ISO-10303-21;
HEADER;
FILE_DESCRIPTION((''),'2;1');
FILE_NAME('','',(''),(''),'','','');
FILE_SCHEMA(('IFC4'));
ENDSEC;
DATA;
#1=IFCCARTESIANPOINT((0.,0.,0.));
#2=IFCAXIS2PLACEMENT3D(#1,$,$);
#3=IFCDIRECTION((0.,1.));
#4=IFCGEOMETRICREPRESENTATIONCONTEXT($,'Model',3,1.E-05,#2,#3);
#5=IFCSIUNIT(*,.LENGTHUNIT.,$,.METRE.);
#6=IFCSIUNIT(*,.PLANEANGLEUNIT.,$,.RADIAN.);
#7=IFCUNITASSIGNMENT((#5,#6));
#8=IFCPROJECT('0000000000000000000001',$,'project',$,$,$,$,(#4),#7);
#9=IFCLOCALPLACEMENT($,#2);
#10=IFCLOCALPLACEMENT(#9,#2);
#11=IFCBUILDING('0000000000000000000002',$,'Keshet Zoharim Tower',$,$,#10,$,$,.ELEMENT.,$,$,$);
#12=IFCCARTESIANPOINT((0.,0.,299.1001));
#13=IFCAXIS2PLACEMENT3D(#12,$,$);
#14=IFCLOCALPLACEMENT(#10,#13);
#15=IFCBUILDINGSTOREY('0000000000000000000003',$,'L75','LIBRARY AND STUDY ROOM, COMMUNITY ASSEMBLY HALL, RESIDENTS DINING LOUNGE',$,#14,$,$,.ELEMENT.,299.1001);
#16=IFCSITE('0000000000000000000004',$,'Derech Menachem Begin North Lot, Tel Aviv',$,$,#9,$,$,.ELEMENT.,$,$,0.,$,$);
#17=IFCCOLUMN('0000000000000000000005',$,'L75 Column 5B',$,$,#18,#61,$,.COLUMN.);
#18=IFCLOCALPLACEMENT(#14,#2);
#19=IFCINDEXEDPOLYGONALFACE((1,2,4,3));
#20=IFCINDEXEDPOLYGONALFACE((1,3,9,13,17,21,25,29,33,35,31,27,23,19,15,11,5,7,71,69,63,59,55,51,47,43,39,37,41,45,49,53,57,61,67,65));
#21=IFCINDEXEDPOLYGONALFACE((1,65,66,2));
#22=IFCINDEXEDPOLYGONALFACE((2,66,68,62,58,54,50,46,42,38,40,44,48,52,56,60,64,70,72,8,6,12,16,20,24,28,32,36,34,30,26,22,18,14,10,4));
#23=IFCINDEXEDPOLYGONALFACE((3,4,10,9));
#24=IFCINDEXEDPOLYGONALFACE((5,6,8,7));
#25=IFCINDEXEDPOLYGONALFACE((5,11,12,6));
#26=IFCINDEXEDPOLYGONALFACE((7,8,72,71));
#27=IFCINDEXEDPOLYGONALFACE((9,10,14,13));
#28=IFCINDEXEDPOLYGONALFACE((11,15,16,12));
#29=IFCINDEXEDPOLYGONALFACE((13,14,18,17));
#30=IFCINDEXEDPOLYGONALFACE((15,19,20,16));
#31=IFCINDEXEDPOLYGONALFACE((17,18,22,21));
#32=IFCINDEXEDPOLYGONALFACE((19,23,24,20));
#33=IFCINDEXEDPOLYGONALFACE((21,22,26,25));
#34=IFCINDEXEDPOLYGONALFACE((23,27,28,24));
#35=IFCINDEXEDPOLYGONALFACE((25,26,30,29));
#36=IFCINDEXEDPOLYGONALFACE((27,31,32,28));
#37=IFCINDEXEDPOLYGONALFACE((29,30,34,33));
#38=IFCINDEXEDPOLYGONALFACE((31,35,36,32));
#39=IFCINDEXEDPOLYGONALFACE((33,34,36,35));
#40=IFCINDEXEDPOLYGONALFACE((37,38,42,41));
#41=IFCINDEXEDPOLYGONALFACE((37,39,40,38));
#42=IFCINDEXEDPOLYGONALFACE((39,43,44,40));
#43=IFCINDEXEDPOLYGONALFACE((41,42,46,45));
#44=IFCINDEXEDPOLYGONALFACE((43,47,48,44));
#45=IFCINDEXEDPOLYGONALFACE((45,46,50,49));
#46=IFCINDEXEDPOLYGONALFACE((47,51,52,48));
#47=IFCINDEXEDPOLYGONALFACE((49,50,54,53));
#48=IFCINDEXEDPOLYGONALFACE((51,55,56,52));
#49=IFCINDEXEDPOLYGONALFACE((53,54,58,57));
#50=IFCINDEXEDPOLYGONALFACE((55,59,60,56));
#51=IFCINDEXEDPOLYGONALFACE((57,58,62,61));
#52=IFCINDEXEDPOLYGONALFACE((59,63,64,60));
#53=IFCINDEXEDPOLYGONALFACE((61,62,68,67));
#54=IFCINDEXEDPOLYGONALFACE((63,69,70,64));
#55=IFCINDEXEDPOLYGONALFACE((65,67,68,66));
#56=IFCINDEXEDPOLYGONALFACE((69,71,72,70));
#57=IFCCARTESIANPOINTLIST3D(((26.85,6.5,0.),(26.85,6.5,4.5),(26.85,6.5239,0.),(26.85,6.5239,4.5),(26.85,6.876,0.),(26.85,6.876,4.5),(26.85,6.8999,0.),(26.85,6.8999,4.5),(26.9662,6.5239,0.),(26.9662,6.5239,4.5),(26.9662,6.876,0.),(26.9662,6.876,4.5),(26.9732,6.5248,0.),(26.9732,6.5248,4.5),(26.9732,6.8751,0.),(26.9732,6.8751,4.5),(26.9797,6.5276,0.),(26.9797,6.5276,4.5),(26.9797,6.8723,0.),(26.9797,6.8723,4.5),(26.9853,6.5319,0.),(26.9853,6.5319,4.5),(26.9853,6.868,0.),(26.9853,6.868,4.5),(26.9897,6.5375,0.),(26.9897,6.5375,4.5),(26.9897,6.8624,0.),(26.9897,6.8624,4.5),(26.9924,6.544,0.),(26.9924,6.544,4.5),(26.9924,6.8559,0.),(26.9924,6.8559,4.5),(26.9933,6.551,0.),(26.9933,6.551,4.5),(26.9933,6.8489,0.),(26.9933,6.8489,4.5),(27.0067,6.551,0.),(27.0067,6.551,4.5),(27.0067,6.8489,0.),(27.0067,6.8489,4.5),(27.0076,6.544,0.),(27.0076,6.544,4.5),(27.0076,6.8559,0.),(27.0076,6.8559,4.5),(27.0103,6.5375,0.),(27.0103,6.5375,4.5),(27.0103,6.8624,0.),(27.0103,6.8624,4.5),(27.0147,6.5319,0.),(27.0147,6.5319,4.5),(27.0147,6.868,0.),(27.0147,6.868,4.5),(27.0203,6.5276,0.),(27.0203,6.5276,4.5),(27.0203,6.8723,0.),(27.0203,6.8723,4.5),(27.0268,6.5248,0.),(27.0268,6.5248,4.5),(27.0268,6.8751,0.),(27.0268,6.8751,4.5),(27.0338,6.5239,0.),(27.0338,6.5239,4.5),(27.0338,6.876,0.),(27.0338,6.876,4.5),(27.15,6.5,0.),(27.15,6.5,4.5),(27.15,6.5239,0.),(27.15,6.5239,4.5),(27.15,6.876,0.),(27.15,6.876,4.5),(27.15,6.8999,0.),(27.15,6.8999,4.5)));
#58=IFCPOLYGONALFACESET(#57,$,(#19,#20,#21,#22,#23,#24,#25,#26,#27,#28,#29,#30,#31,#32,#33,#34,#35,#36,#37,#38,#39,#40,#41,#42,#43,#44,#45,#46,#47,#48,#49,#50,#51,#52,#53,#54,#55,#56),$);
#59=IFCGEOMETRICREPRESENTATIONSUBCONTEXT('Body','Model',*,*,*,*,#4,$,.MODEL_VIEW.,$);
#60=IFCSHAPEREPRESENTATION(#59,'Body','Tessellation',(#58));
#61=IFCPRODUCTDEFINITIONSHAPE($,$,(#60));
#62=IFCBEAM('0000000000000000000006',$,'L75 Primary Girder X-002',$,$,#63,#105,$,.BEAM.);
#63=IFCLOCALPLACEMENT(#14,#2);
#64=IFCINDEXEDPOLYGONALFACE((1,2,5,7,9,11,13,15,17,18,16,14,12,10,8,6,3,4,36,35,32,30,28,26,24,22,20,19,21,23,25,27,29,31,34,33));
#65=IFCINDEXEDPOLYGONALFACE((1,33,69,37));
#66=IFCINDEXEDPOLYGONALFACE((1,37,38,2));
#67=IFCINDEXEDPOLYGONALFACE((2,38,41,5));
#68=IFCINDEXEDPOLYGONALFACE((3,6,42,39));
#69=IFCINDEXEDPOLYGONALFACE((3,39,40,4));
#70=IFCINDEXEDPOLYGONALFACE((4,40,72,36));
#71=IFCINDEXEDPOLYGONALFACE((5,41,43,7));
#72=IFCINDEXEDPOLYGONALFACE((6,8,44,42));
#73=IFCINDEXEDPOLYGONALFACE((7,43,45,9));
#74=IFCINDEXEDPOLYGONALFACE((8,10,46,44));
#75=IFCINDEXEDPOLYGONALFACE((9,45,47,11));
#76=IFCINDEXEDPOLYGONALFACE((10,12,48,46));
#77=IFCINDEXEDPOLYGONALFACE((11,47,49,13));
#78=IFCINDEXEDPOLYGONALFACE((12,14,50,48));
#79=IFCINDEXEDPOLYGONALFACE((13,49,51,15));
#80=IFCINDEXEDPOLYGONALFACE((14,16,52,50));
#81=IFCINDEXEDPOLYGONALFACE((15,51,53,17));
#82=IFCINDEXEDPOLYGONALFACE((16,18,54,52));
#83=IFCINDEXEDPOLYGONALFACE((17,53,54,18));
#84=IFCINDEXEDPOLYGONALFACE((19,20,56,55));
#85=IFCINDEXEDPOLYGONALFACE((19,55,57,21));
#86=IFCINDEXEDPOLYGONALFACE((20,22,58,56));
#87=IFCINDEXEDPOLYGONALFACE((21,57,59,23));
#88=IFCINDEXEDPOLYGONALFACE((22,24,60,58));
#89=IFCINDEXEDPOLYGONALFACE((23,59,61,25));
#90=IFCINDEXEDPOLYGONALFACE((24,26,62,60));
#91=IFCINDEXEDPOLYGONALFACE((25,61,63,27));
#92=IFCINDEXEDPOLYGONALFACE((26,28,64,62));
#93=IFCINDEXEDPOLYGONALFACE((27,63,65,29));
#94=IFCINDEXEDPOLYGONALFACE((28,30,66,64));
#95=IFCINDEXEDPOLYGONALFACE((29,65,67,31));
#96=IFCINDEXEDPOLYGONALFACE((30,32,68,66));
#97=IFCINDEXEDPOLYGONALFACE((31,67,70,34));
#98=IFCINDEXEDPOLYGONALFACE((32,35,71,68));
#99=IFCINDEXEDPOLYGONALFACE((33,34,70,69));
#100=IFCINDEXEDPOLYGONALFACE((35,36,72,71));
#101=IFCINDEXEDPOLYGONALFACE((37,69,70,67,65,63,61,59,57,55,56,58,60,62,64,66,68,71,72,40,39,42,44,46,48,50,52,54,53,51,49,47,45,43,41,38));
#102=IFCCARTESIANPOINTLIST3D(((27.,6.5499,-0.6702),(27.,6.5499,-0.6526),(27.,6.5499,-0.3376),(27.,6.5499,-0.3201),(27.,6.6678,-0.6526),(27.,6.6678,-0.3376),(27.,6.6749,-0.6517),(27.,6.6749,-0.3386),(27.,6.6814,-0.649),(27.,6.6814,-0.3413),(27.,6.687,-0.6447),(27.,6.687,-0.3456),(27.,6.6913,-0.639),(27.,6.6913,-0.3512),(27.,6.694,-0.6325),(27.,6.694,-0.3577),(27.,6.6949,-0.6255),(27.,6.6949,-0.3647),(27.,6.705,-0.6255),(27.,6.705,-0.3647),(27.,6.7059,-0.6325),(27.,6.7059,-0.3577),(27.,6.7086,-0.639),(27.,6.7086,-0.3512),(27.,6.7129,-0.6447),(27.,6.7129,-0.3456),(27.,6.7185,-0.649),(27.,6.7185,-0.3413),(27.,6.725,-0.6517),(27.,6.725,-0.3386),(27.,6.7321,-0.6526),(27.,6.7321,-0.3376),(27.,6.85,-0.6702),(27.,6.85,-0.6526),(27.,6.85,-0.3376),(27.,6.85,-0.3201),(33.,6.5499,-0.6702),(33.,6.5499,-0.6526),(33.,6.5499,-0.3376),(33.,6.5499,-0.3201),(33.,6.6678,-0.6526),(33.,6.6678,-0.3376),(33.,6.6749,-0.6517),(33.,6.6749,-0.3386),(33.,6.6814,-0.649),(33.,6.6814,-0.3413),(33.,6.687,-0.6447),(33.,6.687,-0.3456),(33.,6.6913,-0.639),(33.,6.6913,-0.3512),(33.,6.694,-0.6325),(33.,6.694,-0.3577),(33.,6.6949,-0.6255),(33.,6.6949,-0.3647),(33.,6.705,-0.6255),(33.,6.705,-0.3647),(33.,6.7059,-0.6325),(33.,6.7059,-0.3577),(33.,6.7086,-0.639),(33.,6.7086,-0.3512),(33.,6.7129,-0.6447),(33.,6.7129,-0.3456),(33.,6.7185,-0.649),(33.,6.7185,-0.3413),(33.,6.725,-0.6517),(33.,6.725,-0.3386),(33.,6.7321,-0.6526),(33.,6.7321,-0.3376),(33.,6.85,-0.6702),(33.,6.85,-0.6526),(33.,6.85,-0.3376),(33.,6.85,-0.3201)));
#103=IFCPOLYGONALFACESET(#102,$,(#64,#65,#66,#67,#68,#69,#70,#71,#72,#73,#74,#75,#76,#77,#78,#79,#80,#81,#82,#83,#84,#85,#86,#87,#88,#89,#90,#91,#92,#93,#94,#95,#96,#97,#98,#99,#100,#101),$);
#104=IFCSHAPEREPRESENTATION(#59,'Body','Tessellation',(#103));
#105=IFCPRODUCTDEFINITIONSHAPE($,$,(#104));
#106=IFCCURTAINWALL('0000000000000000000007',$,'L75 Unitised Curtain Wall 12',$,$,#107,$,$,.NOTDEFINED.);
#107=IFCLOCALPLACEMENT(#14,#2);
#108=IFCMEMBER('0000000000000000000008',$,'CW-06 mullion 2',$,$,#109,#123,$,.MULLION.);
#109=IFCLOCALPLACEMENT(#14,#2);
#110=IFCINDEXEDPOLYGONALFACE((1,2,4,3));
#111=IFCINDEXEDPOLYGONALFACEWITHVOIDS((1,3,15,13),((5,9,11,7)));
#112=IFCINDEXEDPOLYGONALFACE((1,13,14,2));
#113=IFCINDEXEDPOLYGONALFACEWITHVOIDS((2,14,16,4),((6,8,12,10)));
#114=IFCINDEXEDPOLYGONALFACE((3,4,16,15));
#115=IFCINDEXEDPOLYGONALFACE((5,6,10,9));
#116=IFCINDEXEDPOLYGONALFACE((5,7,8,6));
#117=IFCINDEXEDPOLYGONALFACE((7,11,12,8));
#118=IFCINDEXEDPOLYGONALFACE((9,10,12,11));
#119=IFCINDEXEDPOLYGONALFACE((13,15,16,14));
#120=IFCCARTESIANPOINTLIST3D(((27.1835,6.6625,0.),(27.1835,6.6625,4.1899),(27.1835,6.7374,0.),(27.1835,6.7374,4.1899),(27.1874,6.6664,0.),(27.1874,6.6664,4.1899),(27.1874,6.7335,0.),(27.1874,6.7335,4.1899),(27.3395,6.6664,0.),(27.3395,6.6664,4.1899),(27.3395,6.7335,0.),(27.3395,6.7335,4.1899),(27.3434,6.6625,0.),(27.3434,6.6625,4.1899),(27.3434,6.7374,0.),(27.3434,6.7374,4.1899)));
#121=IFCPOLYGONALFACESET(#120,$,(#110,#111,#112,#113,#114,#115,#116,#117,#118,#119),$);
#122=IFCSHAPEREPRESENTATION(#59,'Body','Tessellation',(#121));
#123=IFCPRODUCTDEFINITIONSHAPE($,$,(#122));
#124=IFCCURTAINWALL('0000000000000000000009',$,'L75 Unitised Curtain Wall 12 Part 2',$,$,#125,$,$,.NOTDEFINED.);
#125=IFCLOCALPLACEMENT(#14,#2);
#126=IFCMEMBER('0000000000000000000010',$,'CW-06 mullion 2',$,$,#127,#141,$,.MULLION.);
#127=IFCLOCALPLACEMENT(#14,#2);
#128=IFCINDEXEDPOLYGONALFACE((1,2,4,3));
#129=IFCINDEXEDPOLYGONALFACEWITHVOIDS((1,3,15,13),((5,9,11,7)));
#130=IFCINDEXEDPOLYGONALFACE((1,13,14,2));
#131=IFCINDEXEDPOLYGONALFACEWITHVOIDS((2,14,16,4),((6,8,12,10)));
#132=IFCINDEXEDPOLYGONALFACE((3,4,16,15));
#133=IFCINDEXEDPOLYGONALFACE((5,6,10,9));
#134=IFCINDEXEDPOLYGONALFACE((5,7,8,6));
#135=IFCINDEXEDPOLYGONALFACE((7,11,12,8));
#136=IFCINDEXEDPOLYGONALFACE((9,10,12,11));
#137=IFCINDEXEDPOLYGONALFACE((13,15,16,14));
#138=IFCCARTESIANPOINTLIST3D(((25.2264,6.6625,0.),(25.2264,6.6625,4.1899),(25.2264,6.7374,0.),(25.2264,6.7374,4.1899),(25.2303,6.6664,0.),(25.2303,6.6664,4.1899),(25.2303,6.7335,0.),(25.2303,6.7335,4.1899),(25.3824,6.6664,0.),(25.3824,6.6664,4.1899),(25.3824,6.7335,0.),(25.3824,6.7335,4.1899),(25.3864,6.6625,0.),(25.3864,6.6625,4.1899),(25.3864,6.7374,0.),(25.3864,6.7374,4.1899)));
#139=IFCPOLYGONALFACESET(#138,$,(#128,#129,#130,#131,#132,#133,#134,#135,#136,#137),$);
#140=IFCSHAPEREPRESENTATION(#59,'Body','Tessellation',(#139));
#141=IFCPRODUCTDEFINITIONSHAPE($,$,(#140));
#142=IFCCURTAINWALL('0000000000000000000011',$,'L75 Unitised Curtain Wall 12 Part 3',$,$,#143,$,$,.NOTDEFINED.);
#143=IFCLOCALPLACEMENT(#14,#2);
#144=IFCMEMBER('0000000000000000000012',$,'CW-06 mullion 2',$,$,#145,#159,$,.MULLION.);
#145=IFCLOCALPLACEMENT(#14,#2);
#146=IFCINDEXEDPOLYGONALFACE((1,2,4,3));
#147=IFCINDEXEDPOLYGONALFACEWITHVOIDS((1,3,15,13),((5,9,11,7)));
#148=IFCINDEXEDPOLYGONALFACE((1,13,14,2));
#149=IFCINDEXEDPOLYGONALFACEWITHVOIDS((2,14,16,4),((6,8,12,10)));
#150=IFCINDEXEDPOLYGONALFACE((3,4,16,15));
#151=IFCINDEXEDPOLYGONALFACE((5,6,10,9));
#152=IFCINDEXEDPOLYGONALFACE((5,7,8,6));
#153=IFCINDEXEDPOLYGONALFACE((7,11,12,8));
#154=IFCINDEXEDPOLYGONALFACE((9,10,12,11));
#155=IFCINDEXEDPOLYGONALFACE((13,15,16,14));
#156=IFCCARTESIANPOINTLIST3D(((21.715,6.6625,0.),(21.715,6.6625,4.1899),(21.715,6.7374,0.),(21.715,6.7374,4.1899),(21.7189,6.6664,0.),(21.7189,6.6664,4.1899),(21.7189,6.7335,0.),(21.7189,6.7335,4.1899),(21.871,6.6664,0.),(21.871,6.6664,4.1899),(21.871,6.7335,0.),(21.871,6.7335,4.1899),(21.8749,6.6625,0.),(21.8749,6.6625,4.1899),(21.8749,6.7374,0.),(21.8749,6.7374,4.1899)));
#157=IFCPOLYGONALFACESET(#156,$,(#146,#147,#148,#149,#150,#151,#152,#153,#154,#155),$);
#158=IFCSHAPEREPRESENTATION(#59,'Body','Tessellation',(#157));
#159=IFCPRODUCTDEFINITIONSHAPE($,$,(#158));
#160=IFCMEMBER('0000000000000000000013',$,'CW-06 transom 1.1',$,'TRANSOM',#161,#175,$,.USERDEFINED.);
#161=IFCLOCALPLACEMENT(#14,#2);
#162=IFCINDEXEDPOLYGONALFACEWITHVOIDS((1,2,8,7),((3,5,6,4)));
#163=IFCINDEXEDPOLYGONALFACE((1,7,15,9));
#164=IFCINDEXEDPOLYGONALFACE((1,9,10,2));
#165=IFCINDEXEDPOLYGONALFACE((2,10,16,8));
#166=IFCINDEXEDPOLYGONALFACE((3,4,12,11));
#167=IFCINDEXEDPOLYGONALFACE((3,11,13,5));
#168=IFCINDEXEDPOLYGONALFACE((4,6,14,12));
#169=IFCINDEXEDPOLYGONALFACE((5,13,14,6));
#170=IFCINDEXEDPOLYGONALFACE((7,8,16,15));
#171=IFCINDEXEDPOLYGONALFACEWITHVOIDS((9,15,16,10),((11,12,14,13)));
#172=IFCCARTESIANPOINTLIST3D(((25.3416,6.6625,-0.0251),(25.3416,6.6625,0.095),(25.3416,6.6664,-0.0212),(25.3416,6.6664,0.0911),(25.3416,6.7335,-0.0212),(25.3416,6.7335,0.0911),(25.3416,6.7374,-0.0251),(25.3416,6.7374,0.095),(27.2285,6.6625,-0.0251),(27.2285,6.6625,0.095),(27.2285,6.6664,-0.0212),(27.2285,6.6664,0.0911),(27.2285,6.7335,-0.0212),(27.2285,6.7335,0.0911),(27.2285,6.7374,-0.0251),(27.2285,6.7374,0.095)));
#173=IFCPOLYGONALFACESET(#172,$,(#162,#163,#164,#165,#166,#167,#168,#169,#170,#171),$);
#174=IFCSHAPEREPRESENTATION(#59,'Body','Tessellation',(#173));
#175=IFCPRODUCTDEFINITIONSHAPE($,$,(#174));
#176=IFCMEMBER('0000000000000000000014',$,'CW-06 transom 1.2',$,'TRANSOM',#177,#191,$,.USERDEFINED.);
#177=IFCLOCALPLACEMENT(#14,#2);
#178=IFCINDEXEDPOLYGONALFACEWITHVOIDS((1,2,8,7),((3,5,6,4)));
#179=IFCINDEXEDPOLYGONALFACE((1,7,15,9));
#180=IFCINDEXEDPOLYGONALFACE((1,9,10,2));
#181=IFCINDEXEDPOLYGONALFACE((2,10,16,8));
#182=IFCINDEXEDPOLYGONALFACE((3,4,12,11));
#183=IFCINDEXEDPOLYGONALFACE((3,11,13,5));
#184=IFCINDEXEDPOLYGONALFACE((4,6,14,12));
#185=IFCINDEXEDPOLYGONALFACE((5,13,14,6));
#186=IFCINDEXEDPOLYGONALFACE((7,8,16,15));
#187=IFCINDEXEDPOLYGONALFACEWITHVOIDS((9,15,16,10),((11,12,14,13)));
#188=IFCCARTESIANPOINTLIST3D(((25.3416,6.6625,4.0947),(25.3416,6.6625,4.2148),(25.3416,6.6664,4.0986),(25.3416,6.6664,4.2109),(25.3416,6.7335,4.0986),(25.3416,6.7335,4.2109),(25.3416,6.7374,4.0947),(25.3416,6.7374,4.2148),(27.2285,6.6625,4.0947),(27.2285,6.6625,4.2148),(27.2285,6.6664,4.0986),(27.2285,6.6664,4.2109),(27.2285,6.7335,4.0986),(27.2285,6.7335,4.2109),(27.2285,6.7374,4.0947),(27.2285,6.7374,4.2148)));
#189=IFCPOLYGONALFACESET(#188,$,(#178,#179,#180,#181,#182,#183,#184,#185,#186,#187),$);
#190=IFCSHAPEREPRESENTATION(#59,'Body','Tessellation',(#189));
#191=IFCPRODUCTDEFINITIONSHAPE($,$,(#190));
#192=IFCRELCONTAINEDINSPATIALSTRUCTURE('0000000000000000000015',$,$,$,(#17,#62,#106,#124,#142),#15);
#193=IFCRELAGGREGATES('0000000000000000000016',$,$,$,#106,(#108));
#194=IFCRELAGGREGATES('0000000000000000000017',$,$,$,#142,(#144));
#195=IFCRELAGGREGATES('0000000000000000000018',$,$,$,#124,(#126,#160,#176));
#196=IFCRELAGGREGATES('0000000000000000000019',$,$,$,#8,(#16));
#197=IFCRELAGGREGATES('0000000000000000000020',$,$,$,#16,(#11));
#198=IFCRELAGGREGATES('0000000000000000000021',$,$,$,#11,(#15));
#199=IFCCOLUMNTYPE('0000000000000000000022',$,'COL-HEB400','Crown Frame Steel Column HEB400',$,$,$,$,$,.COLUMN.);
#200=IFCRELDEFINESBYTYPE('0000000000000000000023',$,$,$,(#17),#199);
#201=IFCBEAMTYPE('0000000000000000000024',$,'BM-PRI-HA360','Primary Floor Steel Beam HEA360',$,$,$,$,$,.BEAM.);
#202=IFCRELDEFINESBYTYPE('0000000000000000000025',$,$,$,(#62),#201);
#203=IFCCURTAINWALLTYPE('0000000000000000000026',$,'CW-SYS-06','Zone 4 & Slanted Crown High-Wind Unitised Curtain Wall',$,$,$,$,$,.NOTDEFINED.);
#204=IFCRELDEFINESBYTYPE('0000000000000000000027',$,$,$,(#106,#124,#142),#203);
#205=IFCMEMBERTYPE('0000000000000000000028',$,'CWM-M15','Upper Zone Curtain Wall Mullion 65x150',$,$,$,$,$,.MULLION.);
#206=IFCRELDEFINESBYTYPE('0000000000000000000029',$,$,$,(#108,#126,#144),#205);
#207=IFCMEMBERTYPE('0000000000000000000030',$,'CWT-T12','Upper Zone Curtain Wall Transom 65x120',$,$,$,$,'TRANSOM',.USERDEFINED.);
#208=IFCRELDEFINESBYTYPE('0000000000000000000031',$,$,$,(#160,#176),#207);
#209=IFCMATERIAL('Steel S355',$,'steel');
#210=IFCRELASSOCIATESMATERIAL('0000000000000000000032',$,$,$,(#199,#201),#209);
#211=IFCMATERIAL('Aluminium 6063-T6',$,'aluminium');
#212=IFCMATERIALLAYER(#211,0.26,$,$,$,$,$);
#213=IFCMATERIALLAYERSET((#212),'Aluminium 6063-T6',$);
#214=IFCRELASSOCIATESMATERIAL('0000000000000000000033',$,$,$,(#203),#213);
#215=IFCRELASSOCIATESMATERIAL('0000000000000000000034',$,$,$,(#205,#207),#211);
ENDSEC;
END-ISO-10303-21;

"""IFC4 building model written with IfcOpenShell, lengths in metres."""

from ifc_helpers import new_model, si_unit, direction, frame, origin, origin_2d, place, context, subcontext, project, spatial, hollow_rectangle, i_section, extrude, material, layer, layer_set, material_profile, profile_set, type_object, element, aggregate, save


model = new_model("IFC4")

# Units and contexts
model_context = context("Model", 3, precision=1e-05, world=origin(), true_north=direction((0.0, 1.0)))
body_context = subcontext(model_context, "Body", "Model", "MODEL_VIEW")
ifc_project = project(units=[si_unit("LENGTHUNIT", "METRE"), si_unit("PLANEANGLEUNIT", "RADIAN")], contexts=[model_context])

# Site, building, storey
site_placement = place(None, origin())
site = spatial("IfcSite", under=ifc_project, at=site_placement, Name="Derech Menachem Begin North Lot, Tel Aviv", CompositionType="ELEMENT", RefElevation=0.0)
building_placement = place(site_placement, origin())
building = spatial("IfcBuilding", under=site, at=building_placement, Name="Keshet Zoharim Tower", CompositionType="ELEMENT")
storey_placement = place(building_placement, frame((0.0, 0.0, 299.1001)))
storey = spatial("IfcBuildingStorey", under=building, at=storey_placement, Name="L75", Description="LIBRARY AND STUDY ROOM, COMMUNITY ASSEMBLY HALL, RESIDENTS DINING LOUNGE", CompositionType="ELEMENT", Elevation=299.1001)

# Column
ifc_material_1 = material(Name="Steel S355", Category="steel")
ifc_material_profile_1 = material_profile(ifc_material_1, i_section(OverallWidth=0.3, OverallDepth=0.3999, WebThickness=0.0134, FlangeThickness=0.0239, FilletRadius=0.0271, at=origin_2d()), Name="HEB400")
ifc_profile_set_1 = profile_set([ifc_material_profile_1], Name="Steel S355")
column_type = type_object("IfcColumnType", Name="COL-HEB400", Description="Crown Frame Steel Column HEB400", PredefinedType="COLUMN", material=ifc_profile_set_1)
column_placement = place(storey_placement, frame((27.0, 6.7, 0.0), z_axis=(0.0, 0.0, 1.0), x_axis=(1.0, 0.0, 0.0)))
element("IfcColumn", 1, at=column_placement, inside=storey, type_object=column_type, Name="L75 Column 5B", PredefinedType="COLUMN", context=body_context, shape_type="SweptSolid", body=[
    extrude(i_section(OverallWidth=0.3, OverallDepth=0.3999, WebThickness=0.0134, FlangeThickness=0.0239, FilletRadius=0.0271, at=origin_2d()), origin(), (0.0, 0.0, 1.0), 4.5),
])

# Beam
ifc_material_profile_2 = material_profile(ifc_material_1, i_section(OverallWidth=0.3, OverallDepth=0.3501, WebThickness=0.01, FlangeThickness=0.0176, FilletRadius=0.0271, at=origin_2d()), Name="HEA360")
ifc_profile_set_2 = profile_set([ifc_material_profile_2], Name="Steel S355")
beam_type = type_object("IfcBeamType", Name="BM-PRI-HA360", Description="Primary Floor Steel Beam HEA360", PredefinedType="BEAM", material=ifc_profile_set_2)
beam_placement = place(storey_placement, frame((27.0, 6.7, -0.4951), z_axis=(1.0, 0.0, 0.0), x_axis=(0.0, 1.0, 0.0)))
element("IfcBeam", 2, at=beam_placement, inside=storey, type_object=beam_type, Name="L75 Primary Girder X-002", PredefinedType="BEAM", context=body_context, shape_type="SweptSolid", body=[
    extrude(i_section(OverallWidth=0.3, OverallDepth=0.3501, WebThickness=0.01, FlangeThickness=0.0176, FilletRadius=0.0271, at=origin_2d()), origin(), (0.0, 0.0, 1.0), 6.0),
])

# Curtain walls, members
ifc_material_2 = material(Name="Aluminium 6063-T6", Category="aluminium")
ifc_layer_1 = layer(ifc_material_2, 0.26)
ifc_layer_set_1 = layer_set([ifc_layer_1], Name="Aluminium 6063-T6")
curtain_wall_type = type_object("IfcCurtainWallType", Name="CW-SYS-06", Description="Zone 4 & Slanted Crown High-Wind Unitised Curtain Wall", PredefinedType="NOTDEFINED", material=ifc_layer_set_1)
curtain_wall_1_placement = place(storey_placement, origin())
curtain_wall_1 = element("IfcCurtainWall", 3, at=curtain_wall_1_placement, inside=storey, type_object=curtain_wall_type, Name="L75 Unitised Curtain Wall 12", PredefinedType="NOTDEFINED")
ifc_material_profile_3 = material_profile(ifc_material_2, hollow_rectangle(XDim=0.075, YDim=0.1599, WallThickness=0.0039, at=origin_2d()), Name="MUL-75x160")
ifc_profile_set_3 = profile_set([ifc_material_profile_3], Name="Aluminium 6063-T6")
member_type_1 = type_object("IfcMemberType", Name="CWM-M15", Description="Upper Zone Curtain Wall Mullion 65x150", PredefinedType="MULLION", material=ifc_profile_set_3)
member_1_placement = place(storey_placement, frame((27.2634, 6.7, 0.0), z_axis=(0.0, 0.0, 1.0), x_axis=(0.0, -1.0, 0.0)))
member_1 = element("IfcMember", 4, at=member_1_placement, type_object=member_type_1, Name="CW-06 mullion 2", PredefinedType="MULLION", context=body_context, shape_type="SweptSolid", body=[
    extrude(hollow_rectangle(XDim=0.075, YDim=0.1599, WallThickness=0.0039, at=origin_2d()), origin(), (0.0, 0.0, 1.0), 4.1899),
])
aggregate(curtain_wall_1, [member_1])
curtain_wall_2_placement = place(storey_placement, origin())
curtain_wall_2 = element("IfcCurtainWall", 5, at=curtain_wall_2_placement, inside=storey, type_object=curtain_wall_type, Name="L75 Unitised Curtain Wall 12 Part 2", PredefinedType="NOTDEFINED")
member_2_placement = place(storey_placement, frame((25.3064, 6.7, 0.0), z_axis=(0.0, 0.0, 1.0), x_axis=(0.0, -1.0, 0.0)))
member_2 = element("IfcMember", 6, at=member_2_placement, type_object=member_type_1, Name="CW-06 mullion 2", PredefinedType="MULLION", context=body_context, shape_type="SweptSolid", body=[
    extrude(hollow_rectangle(XDim=0.075, YDim=0.1599, WallThickness=0.0039, at=origin_2d()), origin(), (0.0, 0.0, 1.0), 4.1899),
])
curtain_wall_3_placement = place(storey_placement, origin())
curtain_wall_3 = element("IfcCurtainWall", 7, at=curtain_wall_3_placement, inside=storey, type_object=curtain_wall_type, Name="L75 Unitised Curtain Wall 12 Part 3", PredefinedType="NOTDEFINED")
member_3_placement = place(storey_placement, frame((21.7949, 6.7, 0.0), z_axis=(0.0, 0.0, 1.0), x_axis=(0.0, -1.0, 0.0)))
member_3 = element("IfcMember", 8, at=member_3_placement, type_object=member_type_1, Name="CW-06 mullion 2", PredefinedType="MULLION", context=body_context, shape_type="SweptSolid", body=[
    extrude(hollow_rectangle(XDim=0.075, YDim=0.1599, WallThickness=0.0039, at=origin_2d()), origin(), (0.0, 0.0, 1.0), 4.1899),
])

# Members
ifc_material_profile_4 = material_profile(ifc_material_2, hollow_rectangle(XDim=0.075, YDim=0.1201, WallThickness=0.0039, at=origin_2d()), Name="TRN-75x120")
ifc_profile_set_4 = profile_set([ifc_material_profile_4], Name="Aluminium 6063-T6")
member_type_2 = type_object("IfcMemberType", Name="CWT-T12", Description="Upper Zone Curtain Wall Transom 65x120", ElementType="TRANSOM", PredefinedType="USERDEFINED", material=ifc_profile_set_4)
member_4_placement = place(storey_placement, frame((27.2285, 6.7, 0.0349), z_axis=(-1.0, 0.0, 0.0), x_axis=(0.0, -1.0, 0.0)))
member_4 = element("IfcMember", 9, at=member_4_placement, type_object=member_type_2, Name="CW-06 transom 1.1", ObjectType="TRANSOM", PredefinedType="USERDEFINED", context=body_context, shape_type="SweptSolid", body=[
    extrude(hollow_rectangle(XDim=0.075, YDim=0.1201, WallThickness=0.0039, at=origin_2d()), origin(), (0.0, 0.0, 1.0), 1.887),
])
member_5_placement = place(storey_placement, frame((27.2285, 6.7, 4.1548), z_axis=(-1.0, 0.0, 0.0), x_axis=(0.0, -1.0, 0.0)))
member_5 = element("IfcMember", 10, at=member_5_placement, type_object=member_type_2, Name="CW-06 transom 1.2", ObjectType="TRANSOM", PredefinedType="USERDEFINED", context=body_context, shape_type="SweptSolid", body=[
    extrude(hollow_rectangle(XDim=0.075, YDim=0.1201, WallThickness=0.0039, at=origin_2d()), origin(), (0.0, 0.0, 1.0), 1.887),
])

aggregate(curtain_wall_3, [member_3])
aggregate(curtain_wall_2, [member_2, member_4, member_5])

save(model, "model.ifc")
